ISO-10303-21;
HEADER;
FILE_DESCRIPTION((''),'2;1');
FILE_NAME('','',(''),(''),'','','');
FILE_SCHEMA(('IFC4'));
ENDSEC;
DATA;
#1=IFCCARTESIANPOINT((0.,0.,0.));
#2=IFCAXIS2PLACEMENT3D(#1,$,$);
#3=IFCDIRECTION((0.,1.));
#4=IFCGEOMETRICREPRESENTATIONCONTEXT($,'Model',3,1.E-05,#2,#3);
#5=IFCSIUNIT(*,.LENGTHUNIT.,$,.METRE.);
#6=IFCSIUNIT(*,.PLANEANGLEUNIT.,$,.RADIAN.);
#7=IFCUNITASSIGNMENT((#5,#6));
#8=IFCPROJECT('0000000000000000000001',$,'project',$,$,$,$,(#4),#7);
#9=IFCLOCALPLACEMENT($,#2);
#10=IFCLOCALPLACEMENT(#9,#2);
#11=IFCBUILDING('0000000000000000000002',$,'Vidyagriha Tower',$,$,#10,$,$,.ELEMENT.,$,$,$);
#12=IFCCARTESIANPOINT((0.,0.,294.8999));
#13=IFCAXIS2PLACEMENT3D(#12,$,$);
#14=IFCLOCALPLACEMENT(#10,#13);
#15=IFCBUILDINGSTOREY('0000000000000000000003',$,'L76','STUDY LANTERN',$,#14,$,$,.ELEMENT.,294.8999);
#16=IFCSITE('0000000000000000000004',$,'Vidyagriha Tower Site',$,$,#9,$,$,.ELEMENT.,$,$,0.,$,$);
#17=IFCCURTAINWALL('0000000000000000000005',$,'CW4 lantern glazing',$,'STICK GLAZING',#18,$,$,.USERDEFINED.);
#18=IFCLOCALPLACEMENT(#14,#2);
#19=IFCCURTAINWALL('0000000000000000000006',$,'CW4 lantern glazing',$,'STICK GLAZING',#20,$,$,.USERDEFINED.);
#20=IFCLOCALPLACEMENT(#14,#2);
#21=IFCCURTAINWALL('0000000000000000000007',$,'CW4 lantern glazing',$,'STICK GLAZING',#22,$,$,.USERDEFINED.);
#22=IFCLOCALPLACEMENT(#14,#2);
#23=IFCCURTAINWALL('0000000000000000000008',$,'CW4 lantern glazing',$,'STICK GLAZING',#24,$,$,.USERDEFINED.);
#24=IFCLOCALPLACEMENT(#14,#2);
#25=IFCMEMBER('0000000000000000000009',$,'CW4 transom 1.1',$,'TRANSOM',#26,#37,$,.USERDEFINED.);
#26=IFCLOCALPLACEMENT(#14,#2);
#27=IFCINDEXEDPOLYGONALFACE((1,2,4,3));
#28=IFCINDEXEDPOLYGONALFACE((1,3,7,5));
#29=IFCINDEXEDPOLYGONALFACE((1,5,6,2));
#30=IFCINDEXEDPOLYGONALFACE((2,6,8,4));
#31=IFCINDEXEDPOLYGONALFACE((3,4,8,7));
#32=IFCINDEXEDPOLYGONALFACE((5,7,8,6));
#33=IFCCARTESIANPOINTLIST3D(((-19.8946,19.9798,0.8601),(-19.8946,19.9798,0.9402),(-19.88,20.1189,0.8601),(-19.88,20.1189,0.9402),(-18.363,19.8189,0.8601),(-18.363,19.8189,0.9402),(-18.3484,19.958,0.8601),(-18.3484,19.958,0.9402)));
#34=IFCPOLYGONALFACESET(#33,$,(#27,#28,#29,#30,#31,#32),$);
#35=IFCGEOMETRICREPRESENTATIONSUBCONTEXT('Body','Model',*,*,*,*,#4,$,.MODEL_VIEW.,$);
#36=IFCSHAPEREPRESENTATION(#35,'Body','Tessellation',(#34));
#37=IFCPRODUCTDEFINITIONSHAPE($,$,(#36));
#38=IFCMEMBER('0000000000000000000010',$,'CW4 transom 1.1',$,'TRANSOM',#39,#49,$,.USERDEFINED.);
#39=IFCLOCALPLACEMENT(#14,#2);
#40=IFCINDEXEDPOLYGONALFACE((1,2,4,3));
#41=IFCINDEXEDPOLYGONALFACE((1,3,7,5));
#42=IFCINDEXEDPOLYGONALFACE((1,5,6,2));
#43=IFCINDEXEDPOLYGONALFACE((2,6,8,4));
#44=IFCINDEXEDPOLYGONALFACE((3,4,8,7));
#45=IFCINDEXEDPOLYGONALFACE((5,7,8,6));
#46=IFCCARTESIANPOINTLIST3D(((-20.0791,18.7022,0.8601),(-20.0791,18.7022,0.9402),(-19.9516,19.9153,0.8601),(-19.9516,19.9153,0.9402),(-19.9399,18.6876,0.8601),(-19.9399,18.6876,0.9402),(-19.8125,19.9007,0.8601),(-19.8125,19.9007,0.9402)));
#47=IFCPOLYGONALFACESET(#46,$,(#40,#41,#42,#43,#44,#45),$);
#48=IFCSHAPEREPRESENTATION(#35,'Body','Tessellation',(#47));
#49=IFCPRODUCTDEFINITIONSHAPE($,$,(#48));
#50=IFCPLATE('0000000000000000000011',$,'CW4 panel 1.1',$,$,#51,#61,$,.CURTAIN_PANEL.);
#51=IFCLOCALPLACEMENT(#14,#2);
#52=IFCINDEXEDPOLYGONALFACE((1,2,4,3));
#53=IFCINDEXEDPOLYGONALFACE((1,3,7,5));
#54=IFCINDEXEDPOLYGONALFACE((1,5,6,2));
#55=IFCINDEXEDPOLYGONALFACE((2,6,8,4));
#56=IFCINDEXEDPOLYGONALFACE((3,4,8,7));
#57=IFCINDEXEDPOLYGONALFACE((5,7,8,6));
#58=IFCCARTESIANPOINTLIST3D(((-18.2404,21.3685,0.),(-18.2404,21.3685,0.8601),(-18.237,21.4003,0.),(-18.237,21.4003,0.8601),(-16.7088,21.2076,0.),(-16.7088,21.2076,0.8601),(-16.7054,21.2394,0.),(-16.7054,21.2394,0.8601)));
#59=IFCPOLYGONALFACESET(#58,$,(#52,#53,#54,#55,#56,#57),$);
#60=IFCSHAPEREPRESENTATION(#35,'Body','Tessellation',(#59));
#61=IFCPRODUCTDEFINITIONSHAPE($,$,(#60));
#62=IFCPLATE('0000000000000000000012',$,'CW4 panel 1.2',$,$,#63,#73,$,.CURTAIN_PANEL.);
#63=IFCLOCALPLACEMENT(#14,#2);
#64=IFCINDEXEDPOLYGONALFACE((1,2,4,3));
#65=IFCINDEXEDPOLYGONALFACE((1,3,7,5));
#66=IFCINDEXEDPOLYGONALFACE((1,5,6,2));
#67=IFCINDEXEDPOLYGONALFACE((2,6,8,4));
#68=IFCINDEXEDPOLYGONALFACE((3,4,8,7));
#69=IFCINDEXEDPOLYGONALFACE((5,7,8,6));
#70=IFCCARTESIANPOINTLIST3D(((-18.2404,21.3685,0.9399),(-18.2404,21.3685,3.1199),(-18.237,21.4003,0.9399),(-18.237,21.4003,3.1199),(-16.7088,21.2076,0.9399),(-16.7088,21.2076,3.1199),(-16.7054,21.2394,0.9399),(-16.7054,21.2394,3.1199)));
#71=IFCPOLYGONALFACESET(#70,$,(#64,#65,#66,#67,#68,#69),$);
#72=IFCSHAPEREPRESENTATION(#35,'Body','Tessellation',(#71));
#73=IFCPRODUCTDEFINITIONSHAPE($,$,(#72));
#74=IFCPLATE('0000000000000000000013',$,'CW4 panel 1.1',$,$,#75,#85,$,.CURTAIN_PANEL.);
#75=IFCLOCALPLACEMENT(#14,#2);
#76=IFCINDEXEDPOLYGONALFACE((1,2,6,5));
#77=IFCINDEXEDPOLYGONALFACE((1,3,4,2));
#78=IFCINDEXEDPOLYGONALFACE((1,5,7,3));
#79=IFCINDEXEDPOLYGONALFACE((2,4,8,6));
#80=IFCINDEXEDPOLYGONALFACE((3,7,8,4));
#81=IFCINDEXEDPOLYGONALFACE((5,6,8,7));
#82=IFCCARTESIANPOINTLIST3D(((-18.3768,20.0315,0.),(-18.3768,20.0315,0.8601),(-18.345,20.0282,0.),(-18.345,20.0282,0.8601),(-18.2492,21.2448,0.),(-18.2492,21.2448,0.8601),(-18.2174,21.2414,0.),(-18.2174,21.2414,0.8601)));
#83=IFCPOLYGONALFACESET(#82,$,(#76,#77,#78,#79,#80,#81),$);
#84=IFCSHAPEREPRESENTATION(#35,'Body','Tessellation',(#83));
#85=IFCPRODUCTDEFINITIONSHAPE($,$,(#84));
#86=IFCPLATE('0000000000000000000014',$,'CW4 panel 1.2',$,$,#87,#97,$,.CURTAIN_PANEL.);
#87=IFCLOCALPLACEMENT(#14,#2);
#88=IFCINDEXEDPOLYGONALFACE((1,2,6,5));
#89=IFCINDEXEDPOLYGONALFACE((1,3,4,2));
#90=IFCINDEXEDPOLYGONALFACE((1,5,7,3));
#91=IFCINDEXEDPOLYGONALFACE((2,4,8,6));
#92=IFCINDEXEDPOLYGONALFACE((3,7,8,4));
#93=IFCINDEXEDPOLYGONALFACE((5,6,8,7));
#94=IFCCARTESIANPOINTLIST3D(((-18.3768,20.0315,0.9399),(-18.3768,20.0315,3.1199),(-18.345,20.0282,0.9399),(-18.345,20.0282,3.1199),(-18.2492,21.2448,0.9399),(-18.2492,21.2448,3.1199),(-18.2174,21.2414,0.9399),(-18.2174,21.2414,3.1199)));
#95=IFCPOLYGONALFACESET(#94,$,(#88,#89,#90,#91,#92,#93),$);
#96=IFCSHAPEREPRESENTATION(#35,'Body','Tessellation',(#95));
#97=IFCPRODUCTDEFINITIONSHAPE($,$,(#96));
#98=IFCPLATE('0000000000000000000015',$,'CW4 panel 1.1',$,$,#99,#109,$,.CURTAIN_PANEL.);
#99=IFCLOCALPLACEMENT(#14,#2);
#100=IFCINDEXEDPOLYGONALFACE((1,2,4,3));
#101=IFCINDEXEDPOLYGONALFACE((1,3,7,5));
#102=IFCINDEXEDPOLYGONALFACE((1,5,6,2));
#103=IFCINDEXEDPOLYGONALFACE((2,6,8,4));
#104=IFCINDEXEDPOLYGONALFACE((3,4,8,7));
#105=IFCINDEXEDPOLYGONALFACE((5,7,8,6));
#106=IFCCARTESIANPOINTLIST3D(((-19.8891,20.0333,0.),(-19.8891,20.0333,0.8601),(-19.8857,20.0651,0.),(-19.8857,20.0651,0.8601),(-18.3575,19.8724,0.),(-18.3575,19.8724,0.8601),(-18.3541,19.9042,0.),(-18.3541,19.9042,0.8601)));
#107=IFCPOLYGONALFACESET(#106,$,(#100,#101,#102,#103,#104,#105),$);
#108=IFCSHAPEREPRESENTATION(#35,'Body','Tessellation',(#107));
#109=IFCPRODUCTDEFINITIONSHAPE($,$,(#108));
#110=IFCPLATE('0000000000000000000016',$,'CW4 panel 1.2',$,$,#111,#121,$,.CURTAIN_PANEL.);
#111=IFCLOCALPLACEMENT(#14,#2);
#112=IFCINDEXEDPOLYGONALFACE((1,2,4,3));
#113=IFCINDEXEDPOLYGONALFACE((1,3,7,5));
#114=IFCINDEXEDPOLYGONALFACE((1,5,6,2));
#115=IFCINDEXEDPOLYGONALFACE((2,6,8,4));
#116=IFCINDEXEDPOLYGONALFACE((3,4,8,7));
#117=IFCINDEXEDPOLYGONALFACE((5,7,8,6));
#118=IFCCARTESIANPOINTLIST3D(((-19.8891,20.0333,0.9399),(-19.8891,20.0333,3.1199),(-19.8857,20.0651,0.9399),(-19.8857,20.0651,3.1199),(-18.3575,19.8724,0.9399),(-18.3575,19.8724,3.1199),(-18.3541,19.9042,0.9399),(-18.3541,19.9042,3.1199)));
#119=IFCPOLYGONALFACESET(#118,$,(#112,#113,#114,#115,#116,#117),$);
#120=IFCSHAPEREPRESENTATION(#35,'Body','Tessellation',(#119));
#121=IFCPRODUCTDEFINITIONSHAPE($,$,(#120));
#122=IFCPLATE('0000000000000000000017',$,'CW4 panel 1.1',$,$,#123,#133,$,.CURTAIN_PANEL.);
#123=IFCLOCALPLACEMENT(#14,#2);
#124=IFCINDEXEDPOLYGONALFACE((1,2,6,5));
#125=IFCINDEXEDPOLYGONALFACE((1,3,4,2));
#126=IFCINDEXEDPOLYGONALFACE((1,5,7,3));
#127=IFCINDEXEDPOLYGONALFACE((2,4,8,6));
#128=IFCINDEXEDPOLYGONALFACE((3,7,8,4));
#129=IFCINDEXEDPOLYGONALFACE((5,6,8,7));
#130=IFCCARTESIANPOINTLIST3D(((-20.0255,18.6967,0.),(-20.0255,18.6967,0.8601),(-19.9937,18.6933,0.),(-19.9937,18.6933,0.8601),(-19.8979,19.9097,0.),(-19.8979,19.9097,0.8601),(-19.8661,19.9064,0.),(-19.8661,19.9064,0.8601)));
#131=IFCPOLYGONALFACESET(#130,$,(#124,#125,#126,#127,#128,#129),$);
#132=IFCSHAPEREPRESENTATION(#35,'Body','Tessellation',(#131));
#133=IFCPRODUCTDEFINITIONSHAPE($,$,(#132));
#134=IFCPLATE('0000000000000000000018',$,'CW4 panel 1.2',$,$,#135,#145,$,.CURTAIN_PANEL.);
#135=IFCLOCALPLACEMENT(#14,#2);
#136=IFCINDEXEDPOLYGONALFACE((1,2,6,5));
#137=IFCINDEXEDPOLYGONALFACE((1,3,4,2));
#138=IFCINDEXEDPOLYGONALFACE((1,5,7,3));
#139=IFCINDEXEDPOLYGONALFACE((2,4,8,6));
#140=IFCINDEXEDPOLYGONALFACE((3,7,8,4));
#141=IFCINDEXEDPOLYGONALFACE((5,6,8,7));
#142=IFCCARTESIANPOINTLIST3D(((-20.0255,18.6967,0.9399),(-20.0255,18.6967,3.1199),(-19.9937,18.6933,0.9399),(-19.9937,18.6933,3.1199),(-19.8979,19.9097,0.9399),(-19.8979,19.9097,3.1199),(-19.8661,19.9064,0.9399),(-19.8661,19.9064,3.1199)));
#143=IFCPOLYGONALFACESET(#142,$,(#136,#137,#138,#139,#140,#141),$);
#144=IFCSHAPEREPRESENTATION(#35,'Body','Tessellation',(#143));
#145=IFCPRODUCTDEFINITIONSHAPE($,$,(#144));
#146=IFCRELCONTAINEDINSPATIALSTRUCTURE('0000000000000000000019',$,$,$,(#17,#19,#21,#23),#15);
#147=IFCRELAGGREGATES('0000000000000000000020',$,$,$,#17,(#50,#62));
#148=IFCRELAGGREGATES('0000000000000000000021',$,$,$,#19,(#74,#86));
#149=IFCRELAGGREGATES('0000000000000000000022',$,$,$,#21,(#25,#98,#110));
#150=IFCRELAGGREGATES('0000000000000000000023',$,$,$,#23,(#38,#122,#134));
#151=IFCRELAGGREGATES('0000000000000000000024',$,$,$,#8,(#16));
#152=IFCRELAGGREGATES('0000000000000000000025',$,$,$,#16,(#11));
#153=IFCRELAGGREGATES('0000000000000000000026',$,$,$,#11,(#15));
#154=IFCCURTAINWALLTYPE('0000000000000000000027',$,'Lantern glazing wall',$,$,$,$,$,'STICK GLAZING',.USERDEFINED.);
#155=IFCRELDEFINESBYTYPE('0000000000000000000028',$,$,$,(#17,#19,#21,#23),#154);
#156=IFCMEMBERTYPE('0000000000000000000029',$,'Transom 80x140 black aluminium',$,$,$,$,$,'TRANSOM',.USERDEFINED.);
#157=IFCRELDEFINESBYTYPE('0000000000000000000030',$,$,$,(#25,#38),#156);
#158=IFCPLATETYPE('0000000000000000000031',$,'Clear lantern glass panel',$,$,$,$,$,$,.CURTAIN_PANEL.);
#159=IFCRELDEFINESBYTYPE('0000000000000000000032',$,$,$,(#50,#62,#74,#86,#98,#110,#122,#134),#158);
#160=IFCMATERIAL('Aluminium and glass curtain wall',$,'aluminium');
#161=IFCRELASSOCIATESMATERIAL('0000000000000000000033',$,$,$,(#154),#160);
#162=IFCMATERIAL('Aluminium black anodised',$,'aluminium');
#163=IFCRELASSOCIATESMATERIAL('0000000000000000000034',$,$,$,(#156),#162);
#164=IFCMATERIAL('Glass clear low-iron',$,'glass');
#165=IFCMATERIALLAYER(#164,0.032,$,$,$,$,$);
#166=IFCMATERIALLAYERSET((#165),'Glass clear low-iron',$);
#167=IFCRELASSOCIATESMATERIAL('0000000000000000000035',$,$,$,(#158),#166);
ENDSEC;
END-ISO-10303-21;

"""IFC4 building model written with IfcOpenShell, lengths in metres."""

from ifc_helpers import new_model, si_unit, direction, frame, origin, origin_2d, place, context, subcontext, project, spatial, rectangle, extrude, material, layer, layer_set, material_profile, profile_set, type_object, element, aggregate, save


model = new_model("IFC4")

# Units and contexts
model_context = context("Model", 3, precision=1e-05, world=origin(), true_north=direction((0.0, 1.0)))
body_context = subcontext(model_context, "Body", "Model", "MODEL_VIEW")
ifc_project = project(units=[si_unit("LENGTHUNIT", "METRE"), si_unit("PLANEANGLEUNIT", "RADIAN")], contexts=[model_context])

# Site, building, storey
site_placement = place(None, origin())
site = spatial("IfcSite", under=ifc_project, at=site_placement, Name="Vidyagriha Tower Site", CompositionType="ELEMENT", RefElevation=0.0)
building_placement = place(site_placement, origin())
building = spatial("IfcBuilding", under=site, at=building_placement, Name="Vidyagriha Tower", CompositionType="ELEMENT")
storey_placement = place(building_placement, frame((0.0, 0.0, 294.8999)))
storey = spatial("IfcBuildingStorey", under=building, at=storey_placement, Name="L76", Description="STUDY LANTERN", CompositionType="ELEMENT", Elevation=294.8999)

# Curtain wall
ifc_material_1 = material(Name="Aluminium and glass curtain wall", Category="aluminium")
curtain_wall_type = type_object("IfcCurtainWallType", Name="Lantern glazing wall", ElementType="STICK GLAZING", PredefinedType="USERDEFINED", material=ifc_material_1)
curtain_wall_1_placement = place(storey_placement, origin())
curtain_wall_1 = element("IfcCurtainWall", 1, at=curtain_wall_1_placement, inside=storey, type_object=curtain_wall_type, Name="CW4 lantern glazing", ObjectType="STICK GLAZING", PredefinedType="USERDEFINED")

# Curtain walls
curtain_wall_2_placement = place(storey_placement, origin())
curtain_wall_2 = element("IfcCurtainWall", 2, at=curtain_wall_2_placement, inside=storey, type_object=curtain_wall_type, Name="CW4 lantern glazing", ObjectType="STICK GLAZING", PredefinedType="USERDEFINED")
curtain_wall_3_placement = place(storey_placement, origin())
curtain_wall_3 = element("IfcCurtainWall", 3, at=curtain_wall_3_placement, inside=storey, type_object=curtain_wall_type, Name="CW4 lantern glazing", ObjectType="STICK GLAZING", PredefinedType="USERDEFINED")

# Curtain wall
curtain_wall_4_placement = place(storey_placement, origin())
curtain_wall_4 = element("IfcCurtainWall", 4, at=curtain_wall_4_placement, inside=storey, type_object=curtain_wall_type, Name="CW4 lantern glazing", ObjectType="STICK GLAZING", PredefinedType="USERDEFINED")

# Members
ifc_material_2 = material(Name="Aluminium black anodised", Category="aluminium")
ifc_material_profile_1 = material_profile(ifc_material_2, rectangle(XDim=0.1399, YDim=0.0801, at=origin_2d()), Name="Transom 80x140 black aluminium")
ifc_profile_set_1 = profile_set([ifc_material_profile_1], Name="Aluminium black anodised")
member_type_1 = type_object("IfcMemberType", Name="Transom 80x140 black aluminium", ElementType="TRANSOM", PredefinedType="USERDEFINED", material=ifc_profile_set_1)
member_1_placement = place(storey_placement, frame((-18.3557, 19.8884, 0.9001), z_axis=(-0.994527, 0.104478, 0.0), x_axis=(-0.104478, -0.994527, 0.0)))
member_1 = element("IfcMember", 5, at=member_1_placement, type_object=member_type_1, Name="CW4 transom 1.1", ObjectType="TRANSOM", PredefinedType="USERDEFINED", context=body_context, shape_type="SweptSolid", body=[
    extrude(rectangle(XDim=0.1399, YDim=0.0801, at=origin_2d()), origin(), (0.0, 0.0, 1.0), 1.54),
])
member_2_placement = place(storey_placement, frame((-19.8821, 19.908, 0.9001), z_axis=(-0.104476, -0.994527, 0.0), x_axis=(0.994527, -0.104476, 0.0)))
member_2 = element("IfcMember", 6, at=member_2_placement, type_object=member_type_1, Name="CW4 transom 1.1", ObjectType="TRANSOM", PredefinedType="USERDEFINED", context=body_context, shape_type="SweptSolid", body=[
    extrude(rectangle(XDim=0.1399, YDim=0.0801, at=origin_2d()), origin(), (0.0, 0.0, 1.0), 1.2197),
])

# Plates
ifc_material_3 = material(Name="Glass clear low-iron", Category="glass")
ifc_layer = layer(ifc_material_3, 0.032)
ifc_layer_set = layer_set([ifc_layer], Name="Glass clear low-iron")
plate_type = type_object("IfcPlateType", Name="Clear lantern glass panel", PredefinedType="CURTAIN_PANEL", material=ifc_layer_set)
plate_1_placement = place(storey_placement, frame((-17.4729, 21.304, 0.0), z_axis=(0.0, 0.0, 1.0), x_axis=(-0.994523, 0.104519, 0.0)))
plate_1 = element("IfcPlate", 7, at=plate_1_placement, type_object=plate_type, Name="CW4 panel 1.1", PredefinedType="CURTAIN_PANEL", context=body_context, shape_type="SweptSolid", body=[
    extrude(rectangle(XDim=1.54, YDim=0.032, at=origin_2d()), origin(), (0.0, 0.0, 1.0), 0.8601),
])
plate_2_placement = place(storey_placement, frame((-17.4729, 21.304, 0.9399), z_axis=(0.0, 0.0, 1.0), x_axis=(-0.994523, 0.104519, 0.0)))
plate_2 = element("IfcPlate", 8, at=plate_2_placement, type_object=plate_type, Name="CW4 panel 1.2", PredefinedType="CURTAIN_PANEL", context=body_context, shape_type="SweptSolid", body=[
    extrude(rectangle(XDim=1.54, YDim=0.032, at=origin_2d()), origin(), (0.0, 0.0, 1.0), 2.1799),
])
aggregate(curtain_wall_1, [plate_1, plate_2])
plate_3_placement = place(storey_placement, frame((-18.2971, 20.6365, 0.0), z_axis=(0.0, 0.0, 1.0), x_axis=(-0.104549, -0.99452, 0.0)))
plate_3 = element("IfcPlate", 9, at=plate_3_placement, type_object=plate_type, Name="CW4 panel 1.1", PredefinedType="CURTAIN_PANEL", context=body_context, shape_type="SweptSolid", body=[
    extrude(rectangle(XDim=1.22, YDim=0.032, at=origin_2d()), origin(), (0.0, 0.0, 1.0), 0.8601),
])
plate_4_placement = place(storey_placement, frame((-18.2971, 20.6365, 0.9399), z_axis=(0.0, 0.0, 1.0), x_axis=(-0.104549, -0.99452, 0.0)))
plate_4 = element("IfcPlate", 10, at=plate_4_placement, type_object=plate_type, Name="CW4 panel 1.2", PredefinedType="CURTAIN_PANEL", context=body_context, shape_type="SweptSolid", body=[
    extrude(rectangle(XDim=1.22, YDim=0.032, at=origin_2d()), origin(), (0.0, 0.0, 1.0), 2.1799),
])
aggregate(curtain_wall_2, [plate_3, plate_4])
plate_5_placement = place(storey_placement, frame((-19.1216, 19.9688, 0.0), z_axis=(0.0, 0.0, 1.0), x_axis=(-0.994524, 0.104512, 0.0)))
plate_5 = element("IfcPlate", 11, at=plate_5_placement, type_object=plate_type, Name="CW4 panel 1.1", PredefinedType="CURTAIN_PANEL", context=body_context, shape_type="SweptSolid", body=[
    extrude(rectangle(XDim=1.54, YDim=0.032, at=origin_2d()), origin(), (0.0, 0.0, 1.0), 0.8601),
])
plate_6_placement = place(storey_placement, frame((-19.1216, 19.9688, 0.9399), z_axis=(0.0, 0.0, 1.0), x_axis=(-0.994524, 0.104512, 0.0)))
plate_6 = element("IfcPlate", 12, at=plate_6_placement, type_object=plate_type, Name="CW4 panel 1.2", PredefinedType="CURTAIN_PANEL", context=body_context, shape_type="SweptSolid", body=[
    extrude(rectangle(XDim=1.54, YDim=0.032, at=origin_2d()), origin(), (0.0, 0.0, 1.0), 2.1799),
])
aggregate(curtain_wall_3, [member_1, plate_5, plate_6])
plate_7_placement = place(storey_placement, frame((-19.9458, 19.3015, 0.0), z_axis=(0.0, 0.0, 1.0), x_axis=(-0.104564, -0.994518, 0.0)))
plate_7 = element("IfcPlate", 13, at=plate_7_placement, type_object=plate_type, Name="CW4 panel 1.1", PredefinedType="CURTAIN_PANEL", context=body_context, shape_type="SweptSolid", body=[
    extrude(rectangle(XDim=1.2197, YDim=0.032, at=origin_2d()), origin(), (0.0, 0.0, 1.0), 0.8601),
])
plate_8_placement = place(storey_placement, frame((-19.9458, 19.3015, 0.9399), z_axis=(0.0, 0.0, 1.0), x_axis=(-0.104564, -0.994518, 0.0)))
plate_8 = element("IfcPlate", 14, at=plate_8_placement, type_object=plate_type, Name="CW4 panel 1.2", PredefinedType="CURTAIN_PANEL", context=body_context, shape_type="SweptSolid", body=[
    extrude(rectangle(XDim=1.2197, YDim=0.032, at=origin_2d()), origin(), (0.0, 0.0, 1.0), 2.1799),
])
aggregate(curtain_wall_4, [member_2, plate_7, plate_8])

save(model, "model.ifc")
